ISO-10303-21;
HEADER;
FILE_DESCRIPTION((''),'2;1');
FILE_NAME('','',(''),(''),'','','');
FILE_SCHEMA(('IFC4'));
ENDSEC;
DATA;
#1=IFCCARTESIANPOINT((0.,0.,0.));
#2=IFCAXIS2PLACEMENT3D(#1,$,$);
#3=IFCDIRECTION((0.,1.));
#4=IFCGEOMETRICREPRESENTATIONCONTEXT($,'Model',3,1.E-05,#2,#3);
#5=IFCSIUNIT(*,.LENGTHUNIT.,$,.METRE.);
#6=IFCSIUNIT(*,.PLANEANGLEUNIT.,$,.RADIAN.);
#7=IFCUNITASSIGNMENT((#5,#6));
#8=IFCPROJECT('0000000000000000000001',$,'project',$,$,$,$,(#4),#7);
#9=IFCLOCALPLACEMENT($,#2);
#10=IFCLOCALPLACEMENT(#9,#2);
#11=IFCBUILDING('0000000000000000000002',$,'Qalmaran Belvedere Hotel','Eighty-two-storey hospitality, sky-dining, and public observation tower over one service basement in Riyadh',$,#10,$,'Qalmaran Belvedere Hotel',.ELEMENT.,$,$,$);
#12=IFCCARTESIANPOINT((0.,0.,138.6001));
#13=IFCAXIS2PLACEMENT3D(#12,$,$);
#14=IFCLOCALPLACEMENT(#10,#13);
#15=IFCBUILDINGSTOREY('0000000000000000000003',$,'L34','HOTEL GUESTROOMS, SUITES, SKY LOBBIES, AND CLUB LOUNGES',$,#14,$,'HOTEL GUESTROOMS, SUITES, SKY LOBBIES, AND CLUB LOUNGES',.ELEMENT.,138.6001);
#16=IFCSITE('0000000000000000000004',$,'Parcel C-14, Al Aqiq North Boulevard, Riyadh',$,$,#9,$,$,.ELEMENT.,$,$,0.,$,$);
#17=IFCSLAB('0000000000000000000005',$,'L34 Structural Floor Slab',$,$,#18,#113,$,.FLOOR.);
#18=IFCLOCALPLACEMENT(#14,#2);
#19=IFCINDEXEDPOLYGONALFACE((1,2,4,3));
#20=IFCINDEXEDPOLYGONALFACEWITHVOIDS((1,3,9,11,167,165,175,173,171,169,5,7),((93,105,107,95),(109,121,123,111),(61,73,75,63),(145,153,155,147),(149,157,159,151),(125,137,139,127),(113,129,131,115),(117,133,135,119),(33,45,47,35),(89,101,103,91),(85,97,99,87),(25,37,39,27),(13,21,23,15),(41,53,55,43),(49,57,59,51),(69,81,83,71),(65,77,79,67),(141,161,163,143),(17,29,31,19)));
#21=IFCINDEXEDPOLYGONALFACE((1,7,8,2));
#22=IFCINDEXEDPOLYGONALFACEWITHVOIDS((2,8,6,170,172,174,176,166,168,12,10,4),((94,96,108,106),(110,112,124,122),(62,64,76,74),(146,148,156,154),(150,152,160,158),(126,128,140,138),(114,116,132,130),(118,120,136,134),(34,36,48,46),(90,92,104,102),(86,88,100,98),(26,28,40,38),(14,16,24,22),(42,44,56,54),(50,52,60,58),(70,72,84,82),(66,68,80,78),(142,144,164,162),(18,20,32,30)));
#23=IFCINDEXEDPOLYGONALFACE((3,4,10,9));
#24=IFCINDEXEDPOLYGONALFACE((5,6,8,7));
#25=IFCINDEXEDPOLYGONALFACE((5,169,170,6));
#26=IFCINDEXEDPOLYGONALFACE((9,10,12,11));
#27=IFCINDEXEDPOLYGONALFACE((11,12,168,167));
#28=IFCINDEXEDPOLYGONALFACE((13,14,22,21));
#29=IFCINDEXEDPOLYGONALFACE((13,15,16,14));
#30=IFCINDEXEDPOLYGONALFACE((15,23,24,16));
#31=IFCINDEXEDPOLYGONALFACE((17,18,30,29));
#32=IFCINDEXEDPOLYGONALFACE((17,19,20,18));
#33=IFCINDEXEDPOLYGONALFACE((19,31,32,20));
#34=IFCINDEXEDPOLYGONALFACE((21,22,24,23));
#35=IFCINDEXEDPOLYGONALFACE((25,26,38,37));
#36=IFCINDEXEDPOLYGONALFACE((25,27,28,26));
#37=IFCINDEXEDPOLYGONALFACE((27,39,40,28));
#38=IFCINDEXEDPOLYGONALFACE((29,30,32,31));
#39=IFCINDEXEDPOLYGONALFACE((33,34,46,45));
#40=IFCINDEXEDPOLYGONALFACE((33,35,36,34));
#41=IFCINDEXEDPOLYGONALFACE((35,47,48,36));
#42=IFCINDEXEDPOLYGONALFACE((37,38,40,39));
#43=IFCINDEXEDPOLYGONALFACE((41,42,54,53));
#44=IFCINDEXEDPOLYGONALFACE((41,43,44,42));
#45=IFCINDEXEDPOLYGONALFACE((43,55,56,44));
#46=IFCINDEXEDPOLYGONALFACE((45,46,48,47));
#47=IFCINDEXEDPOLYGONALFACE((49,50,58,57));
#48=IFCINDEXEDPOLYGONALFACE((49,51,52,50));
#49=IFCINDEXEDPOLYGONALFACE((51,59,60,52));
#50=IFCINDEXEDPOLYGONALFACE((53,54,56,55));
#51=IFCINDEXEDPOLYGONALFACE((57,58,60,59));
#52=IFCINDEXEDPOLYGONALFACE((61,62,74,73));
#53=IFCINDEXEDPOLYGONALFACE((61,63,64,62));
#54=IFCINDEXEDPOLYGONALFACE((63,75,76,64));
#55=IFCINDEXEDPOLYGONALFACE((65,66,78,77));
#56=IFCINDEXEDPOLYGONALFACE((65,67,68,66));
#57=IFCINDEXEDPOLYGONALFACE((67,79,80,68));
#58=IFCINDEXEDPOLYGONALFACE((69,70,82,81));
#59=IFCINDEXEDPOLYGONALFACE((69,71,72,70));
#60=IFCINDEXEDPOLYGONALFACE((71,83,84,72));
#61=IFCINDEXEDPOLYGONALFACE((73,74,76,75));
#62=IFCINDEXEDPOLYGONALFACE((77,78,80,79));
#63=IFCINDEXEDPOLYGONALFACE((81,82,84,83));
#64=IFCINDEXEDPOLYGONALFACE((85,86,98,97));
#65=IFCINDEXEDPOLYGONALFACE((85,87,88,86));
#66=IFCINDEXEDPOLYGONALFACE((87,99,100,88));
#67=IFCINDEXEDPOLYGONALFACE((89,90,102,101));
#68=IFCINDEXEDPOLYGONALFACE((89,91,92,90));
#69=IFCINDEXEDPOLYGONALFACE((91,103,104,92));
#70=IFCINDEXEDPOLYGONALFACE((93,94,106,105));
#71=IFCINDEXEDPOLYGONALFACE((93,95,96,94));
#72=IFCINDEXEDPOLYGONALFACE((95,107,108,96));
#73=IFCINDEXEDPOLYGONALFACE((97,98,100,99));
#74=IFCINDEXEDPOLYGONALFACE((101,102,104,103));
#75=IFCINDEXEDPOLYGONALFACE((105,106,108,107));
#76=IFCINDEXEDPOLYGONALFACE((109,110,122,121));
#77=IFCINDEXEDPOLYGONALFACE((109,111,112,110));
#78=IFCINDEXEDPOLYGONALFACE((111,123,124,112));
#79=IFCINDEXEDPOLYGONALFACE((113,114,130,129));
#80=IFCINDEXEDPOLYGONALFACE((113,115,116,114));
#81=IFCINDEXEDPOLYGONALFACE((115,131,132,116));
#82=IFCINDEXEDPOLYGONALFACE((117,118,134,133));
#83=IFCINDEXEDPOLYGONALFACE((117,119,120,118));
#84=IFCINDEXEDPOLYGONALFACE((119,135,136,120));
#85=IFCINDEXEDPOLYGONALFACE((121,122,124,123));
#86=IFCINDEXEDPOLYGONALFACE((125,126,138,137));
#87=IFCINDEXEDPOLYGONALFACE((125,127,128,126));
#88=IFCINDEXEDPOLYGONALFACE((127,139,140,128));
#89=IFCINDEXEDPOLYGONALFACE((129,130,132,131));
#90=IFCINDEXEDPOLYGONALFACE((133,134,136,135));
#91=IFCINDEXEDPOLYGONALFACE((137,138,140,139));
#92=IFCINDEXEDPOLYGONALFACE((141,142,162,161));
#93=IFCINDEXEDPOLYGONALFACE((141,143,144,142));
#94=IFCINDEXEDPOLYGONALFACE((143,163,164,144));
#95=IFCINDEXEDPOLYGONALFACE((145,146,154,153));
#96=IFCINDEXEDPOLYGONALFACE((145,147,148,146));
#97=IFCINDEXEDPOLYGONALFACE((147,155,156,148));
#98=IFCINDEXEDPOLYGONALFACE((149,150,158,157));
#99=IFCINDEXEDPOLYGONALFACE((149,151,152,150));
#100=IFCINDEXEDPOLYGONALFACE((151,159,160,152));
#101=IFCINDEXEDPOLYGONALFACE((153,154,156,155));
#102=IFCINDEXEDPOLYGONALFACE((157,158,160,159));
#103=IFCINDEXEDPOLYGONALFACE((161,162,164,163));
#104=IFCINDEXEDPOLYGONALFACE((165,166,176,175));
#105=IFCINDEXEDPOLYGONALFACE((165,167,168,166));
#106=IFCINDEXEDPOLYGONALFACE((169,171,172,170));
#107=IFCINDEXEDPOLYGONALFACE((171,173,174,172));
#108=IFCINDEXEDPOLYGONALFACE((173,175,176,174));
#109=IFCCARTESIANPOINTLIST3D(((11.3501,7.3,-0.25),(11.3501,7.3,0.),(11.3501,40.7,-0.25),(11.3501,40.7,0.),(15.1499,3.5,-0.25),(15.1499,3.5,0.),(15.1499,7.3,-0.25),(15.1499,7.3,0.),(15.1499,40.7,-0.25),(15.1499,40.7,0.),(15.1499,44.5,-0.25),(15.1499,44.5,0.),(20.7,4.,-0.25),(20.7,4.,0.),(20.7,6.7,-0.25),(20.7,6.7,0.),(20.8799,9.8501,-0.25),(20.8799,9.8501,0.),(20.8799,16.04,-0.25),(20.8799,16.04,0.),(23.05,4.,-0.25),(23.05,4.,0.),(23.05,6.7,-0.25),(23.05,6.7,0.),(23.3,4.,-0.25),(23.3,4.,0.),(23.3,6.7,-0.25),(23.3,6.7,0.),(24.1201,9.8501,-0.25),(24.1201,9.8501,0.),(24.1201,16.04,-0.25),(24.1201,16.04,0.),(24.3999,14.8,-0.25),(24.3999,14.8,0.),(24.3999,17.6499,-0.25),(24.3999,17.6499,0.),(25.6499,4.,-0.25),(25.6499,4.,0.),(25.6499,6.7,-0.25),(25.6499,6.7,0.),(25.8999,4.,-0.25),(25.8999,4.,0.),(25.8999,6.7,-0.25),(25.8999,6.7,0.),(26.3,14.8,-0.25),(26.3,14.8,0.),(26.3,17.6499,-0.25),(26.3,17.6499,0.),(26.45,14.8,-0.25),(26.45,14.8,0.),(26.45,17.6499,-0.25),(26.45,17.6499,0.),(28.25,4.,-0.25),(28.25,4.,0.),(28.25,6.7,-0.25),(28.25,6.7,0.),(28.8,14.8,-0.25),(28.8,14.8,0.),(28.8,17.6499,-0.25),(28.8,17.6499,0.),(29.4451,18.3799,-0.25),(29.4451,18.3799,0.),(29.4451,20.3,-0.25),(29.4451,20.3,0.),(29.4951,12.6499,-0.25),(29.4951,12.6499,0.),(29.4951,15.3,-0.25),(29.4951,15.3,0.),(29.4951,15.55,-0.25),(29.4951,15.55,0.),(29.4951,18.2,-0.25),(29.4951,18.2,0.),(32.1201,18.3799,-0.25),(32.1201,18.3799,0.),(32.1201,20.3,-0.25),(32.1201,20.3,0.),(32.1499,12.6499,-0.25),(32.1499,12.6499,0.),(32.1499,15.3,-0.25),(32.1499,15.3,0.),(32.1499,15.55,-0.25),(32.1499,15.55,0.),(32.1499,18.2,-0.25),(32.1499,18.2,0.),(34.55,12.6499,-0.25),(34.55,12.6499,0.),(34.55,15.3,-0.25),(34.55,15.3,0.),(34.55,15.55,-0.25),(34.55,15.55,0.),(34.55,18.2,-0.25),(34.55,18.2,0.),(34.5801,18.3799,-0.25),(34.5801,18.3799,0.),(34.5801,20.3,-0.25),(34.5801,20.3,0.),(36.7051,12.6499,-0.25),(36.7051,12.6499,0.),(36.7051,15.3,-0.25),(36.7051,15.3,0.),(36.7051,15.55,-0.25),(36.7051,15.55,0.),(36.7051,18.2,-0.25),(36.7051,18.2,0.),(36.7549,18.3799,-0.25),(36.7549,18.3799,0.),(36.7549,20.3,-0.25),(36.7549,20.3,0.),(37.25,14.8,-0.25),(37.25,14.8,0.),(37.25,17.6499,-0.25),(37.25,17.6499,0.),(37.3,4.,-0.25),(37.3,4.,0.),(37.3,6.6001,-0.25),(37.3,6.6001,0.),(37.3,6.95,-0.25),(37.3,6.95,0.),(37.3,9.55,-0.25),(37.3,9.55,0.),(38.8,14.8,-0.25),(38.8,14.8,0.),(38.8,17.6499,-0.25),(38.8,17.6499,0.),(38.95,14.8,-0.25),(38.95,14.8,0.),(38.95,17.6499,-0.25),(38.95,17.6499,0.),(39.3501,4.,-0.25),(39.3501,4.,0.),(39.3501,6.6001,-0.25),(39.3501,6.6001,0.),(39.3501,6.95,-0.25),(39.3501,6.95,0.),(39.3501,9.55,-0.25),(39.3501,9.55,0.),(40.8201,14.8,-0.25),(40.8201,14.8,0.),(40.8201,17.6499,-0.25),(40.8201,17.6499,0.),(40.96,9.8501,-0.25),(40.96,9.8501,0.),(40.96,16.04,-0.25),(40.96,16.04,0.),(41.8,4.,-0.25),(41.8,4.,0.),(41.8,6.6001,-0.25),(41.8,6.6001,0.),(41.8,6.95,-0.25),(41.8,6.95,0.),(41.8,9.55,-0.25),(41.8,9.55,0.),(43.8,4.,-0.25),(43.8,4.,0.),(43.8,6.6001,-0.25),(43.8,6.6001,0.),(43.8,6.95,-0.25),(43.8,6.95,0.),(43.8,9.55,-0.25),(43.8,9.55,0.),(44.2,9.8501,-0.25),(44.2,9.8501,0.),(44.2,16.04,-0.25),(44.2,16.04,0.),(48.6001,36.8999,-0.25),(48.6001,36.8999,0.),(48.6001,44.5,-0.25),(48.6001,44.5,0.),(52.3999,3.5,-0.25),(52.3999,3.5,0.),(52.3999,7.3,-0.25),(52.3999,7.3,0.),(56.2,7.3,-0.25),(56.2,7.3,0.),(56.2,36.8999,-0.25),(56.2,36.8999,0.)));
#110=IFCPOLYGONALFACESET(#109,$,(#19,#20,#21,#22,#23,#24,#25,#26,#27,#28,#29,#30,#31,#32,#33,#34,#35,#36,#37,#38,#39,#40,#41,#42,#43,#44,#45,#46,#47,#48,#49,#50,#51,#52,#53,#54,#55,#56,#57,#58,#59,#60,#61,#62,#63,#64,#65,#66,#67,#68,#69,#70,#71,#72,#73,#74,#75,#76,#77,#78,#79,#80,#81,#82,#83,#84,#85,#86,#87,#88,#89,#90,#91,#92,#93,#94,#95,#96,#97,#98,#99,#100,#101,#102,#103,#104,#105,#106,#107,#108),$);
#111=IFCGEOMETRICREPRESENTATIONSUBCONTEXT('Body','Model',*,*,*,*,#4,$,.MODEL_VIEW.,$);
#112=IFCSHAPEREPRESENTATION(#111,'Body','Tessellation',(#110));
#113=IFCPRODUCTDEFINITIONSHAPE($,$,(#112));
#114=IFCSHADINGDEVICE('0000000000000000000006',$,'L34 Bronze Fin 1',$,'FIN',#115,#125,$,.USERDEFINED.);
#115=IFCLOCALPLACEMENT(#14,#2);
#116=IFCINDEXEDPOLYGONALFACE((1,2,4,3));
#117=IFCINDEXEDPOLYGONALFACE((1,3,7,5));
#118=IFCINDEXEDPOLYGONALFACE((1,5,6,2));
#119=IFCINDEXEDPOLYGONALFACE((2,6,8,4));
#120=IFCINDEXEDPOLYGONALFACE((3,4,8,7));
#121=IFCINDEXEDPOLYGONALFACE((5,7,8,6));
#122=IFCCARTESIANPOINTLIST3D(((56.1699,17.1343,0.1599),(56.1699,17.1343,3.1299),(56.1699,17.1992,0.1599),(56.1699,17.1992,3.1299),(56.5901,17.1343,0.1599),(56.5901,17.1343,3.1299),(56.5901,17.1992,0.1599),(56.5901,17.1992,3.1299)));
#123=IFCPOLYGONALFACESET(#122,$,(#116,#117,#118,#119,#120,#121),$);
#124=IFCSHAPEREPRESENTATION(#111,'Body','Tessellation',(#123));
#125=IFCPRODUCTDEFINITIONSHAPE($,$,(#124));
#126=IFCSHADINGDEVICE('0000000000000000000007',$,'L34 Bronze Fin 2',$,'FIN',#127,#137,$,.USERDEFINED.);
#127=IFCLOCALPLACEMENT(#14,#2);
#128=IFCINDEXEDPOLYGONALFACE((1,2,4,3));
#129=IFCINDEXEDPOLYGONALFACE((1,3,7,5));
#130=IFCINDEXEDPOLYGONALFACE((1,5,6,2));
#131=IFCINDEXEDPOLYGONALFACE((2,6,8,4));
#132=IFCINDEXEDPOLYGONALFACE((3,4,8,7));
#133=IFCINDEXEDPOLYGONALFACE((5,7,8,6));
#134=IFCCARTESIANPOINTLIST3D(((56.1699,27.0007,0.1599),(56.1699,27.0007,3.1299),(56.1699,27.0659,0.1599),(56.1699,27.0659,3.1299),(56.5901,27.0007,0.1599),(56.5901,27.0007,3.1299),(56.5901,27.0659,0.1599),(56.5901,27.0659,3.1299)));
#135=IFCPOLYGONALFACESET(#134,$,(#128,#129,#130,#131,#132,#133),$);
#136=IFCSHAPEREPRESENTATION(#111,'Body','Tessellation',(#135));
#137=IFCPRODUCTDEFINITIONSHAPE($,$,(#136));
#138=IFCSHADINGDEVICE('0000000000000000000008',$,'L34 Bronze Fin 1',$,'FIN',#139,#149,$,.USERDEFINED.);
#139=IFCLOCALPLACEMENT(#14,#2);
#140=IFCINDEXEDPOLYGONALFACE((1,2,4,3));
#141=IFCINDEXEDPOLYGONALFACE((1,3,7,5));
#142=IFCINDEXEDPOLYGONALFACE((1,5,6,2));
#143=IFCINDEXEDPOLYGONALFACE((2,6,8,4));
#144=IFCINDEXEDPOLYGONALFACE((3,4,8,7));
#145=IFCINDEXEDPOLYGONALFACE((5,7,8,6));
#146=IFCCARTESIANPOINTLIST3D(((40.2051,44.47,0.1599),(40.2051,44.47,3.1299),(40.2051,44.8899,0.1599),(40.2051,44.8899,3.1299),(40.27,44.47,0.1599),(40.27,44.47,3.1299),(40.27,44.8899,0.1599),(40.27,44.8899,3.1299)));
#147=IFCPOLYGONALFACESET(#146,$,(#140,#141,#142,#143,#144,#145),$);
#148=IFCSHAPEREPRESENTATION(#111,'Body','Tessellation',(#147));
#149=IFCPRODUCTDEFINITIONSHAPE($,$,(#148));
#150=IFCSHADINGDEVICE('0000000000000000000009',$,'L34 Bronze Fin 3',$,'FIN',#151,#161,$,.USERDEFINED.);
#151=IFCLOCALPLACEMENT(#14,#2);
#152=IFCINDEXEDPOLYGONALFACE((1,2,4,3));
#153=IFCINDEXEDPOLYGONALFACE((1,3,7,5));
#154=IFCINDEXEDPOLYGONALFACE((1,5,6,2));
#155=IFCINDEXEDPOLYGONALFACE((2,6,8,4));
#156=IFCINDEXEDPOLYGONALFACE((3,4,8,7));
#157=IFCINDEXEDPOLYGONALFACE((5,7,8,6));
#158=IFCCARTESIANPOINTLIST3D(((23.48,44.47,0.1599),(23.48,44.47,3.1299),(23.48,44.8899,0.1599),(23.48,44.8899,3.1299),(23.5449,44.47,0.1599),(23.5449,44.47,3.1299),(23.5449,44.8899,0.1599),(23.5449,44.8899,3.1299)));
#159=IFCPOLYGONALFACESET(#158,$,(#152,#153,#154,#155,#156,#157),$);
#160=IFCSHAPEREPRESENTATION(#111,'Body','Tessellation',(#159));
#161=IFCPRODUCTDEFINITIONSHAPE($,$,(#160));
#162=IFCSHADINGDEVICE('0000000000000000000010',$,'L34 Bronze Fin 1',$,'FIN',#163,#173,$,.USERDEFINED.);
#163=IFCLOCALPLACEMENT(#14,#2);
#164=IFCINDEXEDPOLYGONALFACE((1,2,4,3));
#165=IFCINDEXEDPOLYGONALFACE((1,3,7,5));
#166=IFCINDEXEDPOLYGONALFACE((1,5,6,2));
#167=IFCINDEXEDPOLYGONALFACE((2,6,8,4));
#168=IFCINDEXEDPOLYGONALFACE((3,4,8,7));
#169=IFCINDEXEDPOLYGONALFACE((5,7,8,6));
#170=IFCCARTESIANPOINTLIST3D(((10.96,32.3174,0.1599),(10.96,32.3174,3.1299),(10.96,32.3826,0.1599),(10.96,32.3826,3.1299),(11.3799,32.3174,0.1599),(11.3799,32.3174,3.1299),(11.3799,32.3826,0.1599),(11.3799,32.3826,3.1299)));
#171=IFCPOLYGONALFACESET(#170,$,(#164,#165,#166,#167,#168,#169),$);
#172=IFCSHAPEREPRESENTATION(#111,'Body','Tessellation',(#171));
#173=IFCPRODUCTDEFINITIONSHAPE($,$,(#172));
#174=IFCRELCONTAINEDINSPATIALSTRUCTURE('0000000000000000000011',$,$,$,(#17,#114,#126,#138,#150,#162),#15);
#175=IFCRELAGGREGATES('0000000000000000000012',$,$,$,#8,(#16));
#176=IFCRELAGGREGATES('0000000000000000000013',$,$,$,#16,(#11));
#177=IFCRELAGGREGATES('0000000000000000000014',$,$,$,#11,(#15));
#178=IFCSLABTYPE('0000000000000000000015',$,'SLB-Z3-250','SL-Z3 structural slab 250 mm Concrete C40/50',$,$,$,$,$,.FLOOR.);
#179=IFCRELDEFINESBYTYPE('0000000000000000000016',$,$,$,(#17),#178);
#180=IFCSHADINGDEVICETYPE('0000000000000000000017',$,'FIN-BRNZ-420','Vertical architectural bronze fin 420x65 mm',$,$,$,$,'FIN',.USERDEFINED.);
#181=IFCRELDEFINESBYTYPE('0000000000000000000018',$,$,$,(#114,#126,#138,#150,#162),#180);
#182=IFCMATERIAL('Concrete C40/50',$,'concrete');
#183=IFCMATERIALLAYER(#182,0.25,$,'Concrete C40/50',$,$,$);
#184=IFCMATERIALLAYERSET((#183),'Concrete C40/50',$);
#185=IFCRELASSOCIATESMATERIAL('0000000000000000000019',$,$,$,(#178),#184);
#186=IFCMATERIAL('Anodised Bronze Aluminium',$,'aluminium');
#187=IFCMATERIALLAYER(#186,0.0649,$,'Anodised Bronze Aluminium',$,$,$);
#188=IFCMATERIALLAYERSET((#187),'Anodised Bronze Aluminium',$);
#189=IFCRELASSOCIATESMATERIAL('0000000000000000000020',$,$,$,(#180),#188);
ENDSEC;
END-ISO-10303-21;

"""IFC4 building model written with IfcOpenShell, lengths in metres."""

from ifc_helpers import new_model, si_unit, direction, frame, origin, place, context, subcontext, project, spatial, polyline, outline, extrude, material, layer, layer_set, type_object, element, save


model = new_model("IFC4")

# Units and contexts
model_context = context("Model", 3, precision=1e-05, world=origin(), true_north=direction((0.0, 1.0)))
body_context = subcontext(model_context, "Body", "Model", "MODEL_VIEW")
ifc_project = project(units=[si_unit("LENGTHUNIT", "METRE"), si_unit("PLANEANGLEUNIT", "RADIAN")], contexts=[model_context])

# Site, building, storey
site_placement = place(None, origin())
site = spatial("IfcSite", under=ifc_project, at=site_placement, Name="Parcel C-14, Al Aqiq North Boulevard, Riyadh", CompositionType="ELEMENT", RefElevation=0.0)
building_placement = place(site_placement, origin())
building = spatial("IfcBuilding", under=site, at=building_placement, Name="Qalmaran Belvedere Hotel", Description="Eighty-two-storey hospitality, sky-dining, and public observation tower over one service basement in Riyadh", LongName="Qalmaran Belvedere Hotel", CompositionType="ELEMENT")
storey_placement = place(building_placement, frame((0.0, 0.0, 138.6001)))
storey = spatial("IfcBuildingStorey", under=building, at=storey_placement, Name="L34", Description="HOTEL GUESTROOMS, SUITES, SKY LOBBIES, AND CLUB LOUNGES", LongName="HOTEL GUESTROOMS, SUITES, SKY LOBBIES, AND CLUB LOUNGES", CompositionType="ELEMENT", Elevation=138.6001)

# Shared definitions
ifc_material_1 = material(Name="Anodised Bronze Aluminium", Category="aluminium")

# Shared definitions
ifc_material_2 = material(Name="Concrete C40/50", Category="concrete")

# Slab
ifc_layer_1 = layer(ifc_material_2, 0.25, Name="Concrete C40/50")
ifc_layer_set_1 = layer_set([ifc_layer_1], Name="Concrete C40/50")
slab_type_1 = type_object("IfcSlabType", Name="SLB-Z3-250", Description="SL-Z3 structural slab 250 mm Concrete C40/50", PredefinedType="FLOOR", material=ifc_layer_set_1)
slab_1_placement = place(storey_placement, frame((0.0, 0.0, -0.25)))
element("IfcSlab", 1, at=slab_1_placement, inside=storey, type_object=slab_type_1, Name="L34 Structural Floor Slab", PredefinedType="FLOOR", context=body_context, shape_type="SweptSolid", body=[
    extrude(outline(polyline([(15.1499, 3.5), (52.3999, 3.5), (52.3999, 7.3), (56.2, 7.3), (56.2, 36.8999), (48.6001, 36.8999), (48.6001, 44.5), (15.1499, 44.5), (15.1499, 40.7), (11.3501, 40.7), (11.3501, 7.3), (15.1499, 7.3), (15.1499, 3.5)]), holes=[polyline([(20.8799, 9.8501), (24.1201, 9.8501), (24.1201, 16.04), (20.8799, 16.04), (20.8799, 9.8501)]), polyline([(40.96, 9.8501), (44.2, 9.8501), (44.2, 16.04), (40.96, 16.04), (40.96, 9.8501)]), polyline([(29.4951, 12.6499), (32.1499, 12.6499), (32.1499, 15.3), (29.4951, 15.3), (29.4951, 12.6499)]), polyline([(29.4951, 15.55), (32.1499, 15.55), (32.1499, 18.2), (29.4951, 18.2), (29.4951, 15.55)]), polyline([(34.55, 12.6499), (36.7051, 12.6499), (36.7051, 15.3), (34.55, 15.3), (34.55, 12.6499)]), polyline([(34.55, 15.55), (36.7051, 15.55), (36.7051, 18.2), (34.55, 18.2), (34.55, 15.55)]), polyline([(37.3, 4.0), (39.3501, 4.0), (39.3501, 6.6001), (37.3, 6.6001), (37.3, 4.0)]), polyline([(37.3, 6.95), (39.3501, 6.95), (39.3501, 9.55), (37.3, 9.55), (37.3, 6.95)]), polyline([(41.8, 4.0), (43.8, 4.0), (43.8, 6.6001), (41.8, 6.6001), (41.8, 4.0)]), polyline([(41.8, 6.95), (43.8, 6.95), (43.8, 9.55), (41.8, 9.55), (41.8, 6.95)]), polyline([(20.7, 4.0), (23.05, 4.0), (23.05, 6.7), (20.7, 6.7), (20.7, 4.0)]), polyline([(23.3, 4.0), (25.6499, 4.0), (25.6499, 6.7), (23.3, 6.7), (23.3, 4.0)]), polyline([(25.8999, 4.0), (28.25, 4.0), (28.25, 6.7), (25.8999, 6.7), (25.8999, 4.0)]), polyline([(24.3999, 14.8), (26.3, 14.8), (26.3, 17.6499), (24.3999, 17.6499), (24.3999, 14.8)]), polyline([(38.95, 14.8), (40.8201, 14.8), (40.8201, 17.6499), (38.95, 17.6499), (38.95, 14.8)]), polyline([(26.45, 14.8), (28.8, 14.8), (28.8, 17.6499), (26.45, 17.6499), (26.45, 14.8)]), polyline([(37.25, 14.8), (38.8, 14.8), (38.8, 17.6499), (37.25, 17.6499), (37.25, 14.8)]), polyline([(29.4451, 18.3799), (32.1201, 18.3799), (32.1201, 20.3), (29.4451, 20.3), (29.4451, 18.3799)]), polyline([(34.5801, 18.3799), (36.7549, 18.3799), (36.7549, 20.3), (34.5801, 20.3), (34.5801, 18.3799)])]), origin(), (0.0, 0.0, 1.0), 0.25),
])

# Shading devices
ifc_layer_2 = layer(ifc_material_1, 0.0649, Name="Anodised Bronze Aluminium")
ifc_layer_set_2 = layer_set([ifc_layer_2], Name="Anodised Bronze Aluminium")
shading_device_type = type_object("IfcShadingDeviceType", Name="FIN-BRNZ-420", Description="Vertical architectural bronze fin 420x65 mm", ElementType="FIN", PredefinedType="USERDEFINED", material=ifc_layer_set_2)
shading_device_1_placement = place(storey_placement, frame((0.0, 0.0, 0.1599)))
element("IfcShadingDevice", 2, at=shading_device_1_placement, inside=storey, type_object=shading_device_type, Name="L34 Bronze Fin 1", ObjectType="FIN", PredefinedType="USERDEFINED", context=body_context, shape_type="SweptSolid", body=[
    extrude(outline(polyline([(56.1699, 17.1343), (56.5901, 17.1343), (56.5901, 17.1992), (56.1699, 17.1992), (56.1699, 17.1343)])), origin(), (0.0, 0.0, 1.0), 2.97),
])
shading_device_2_placement = place(storey_placement, frame((0.0, 0.0, 0.1599)))
element("IfcShadingDevice", 3, at=shading_device_2_placement, inside=storey, type_object=shading_device_type, Name="L34 Bronze Fin 2", ObjectType="FIN", PredefinedType="USERDEFINED", context=body_context, shape_type="SweptSolid", body=[
    extrude(outline(polyline([(56.1699, 27.0007), (56.5901, 27.0007), (56.5901, 27.0659), (56.1699, 27.0659), (56.1699, 27.0007)])), origin(), (0.0, 0.0, 1.0), 2.97),
])
shading_device_3_placement = place(storey_placement, frame((0.0, 0.0, 0.1599)))
element("IfcShadingDevice", 4, at=shading_device_3_placement, inside=storey, type_object=shading_device_type, Name="L34 Bronze Fin 1", ObjectType="FIN", PredefinedType="USERDEFINED", context=body_context, shape_type="SweptSolid", body=[
    extrude(outline(polyline([(40.27, 44.47), (40.27, 44.8899), (40.2051, 44.8899), (40.2051, 44.47), (40.27, 44.47)])), origin(), (0.0, 0.0, 1.0), 2.97),
])
shading_device_4_placement = place(storey_placement, frame((0.0, 0.0, 0.1599)))
element("IfcShadingDevice", 5, at=shading_device_4_placement, inside=storey, type_object=shading_device_type, Name="L34 Bronze Fin 3", ObjectType="FIN", PredefinedType="USERDEFINED", context=body_context, shape_type="SweptSolid", body=[
    extrude(outline(polyline([(23.5449, 44.47), (23.5449, 44.8899), (23.48, 44.8899), (23.48, 44.47), (23.5449, 44.47)])), origin(), (0.0, 0.0, 1.0), 2.97),
])
shading_device_5_placement = place(storey_placement, frame((0.0, 0.0, 0.1599)))
element("IfcShadingDevice", 6, at=shading_device_5_placement, inside=storey, type_object=shading_device_type, Name="L34 Bronze Fin 1", ObjectType="FIN", PredefinedType="USERDEFINED", context=body_context, shape_type="SweptSolid", body=[
    extrude(outline(polyline([(11.3799, 32.3826), (10.96, 32.3826), (10.96, 32.3174), (11.3799, 32.3174), (11.3799, 32.3826)])), origin(), (0.0, 0.0, 1.0), 2.97),
])

save(model, "model.ifc")
